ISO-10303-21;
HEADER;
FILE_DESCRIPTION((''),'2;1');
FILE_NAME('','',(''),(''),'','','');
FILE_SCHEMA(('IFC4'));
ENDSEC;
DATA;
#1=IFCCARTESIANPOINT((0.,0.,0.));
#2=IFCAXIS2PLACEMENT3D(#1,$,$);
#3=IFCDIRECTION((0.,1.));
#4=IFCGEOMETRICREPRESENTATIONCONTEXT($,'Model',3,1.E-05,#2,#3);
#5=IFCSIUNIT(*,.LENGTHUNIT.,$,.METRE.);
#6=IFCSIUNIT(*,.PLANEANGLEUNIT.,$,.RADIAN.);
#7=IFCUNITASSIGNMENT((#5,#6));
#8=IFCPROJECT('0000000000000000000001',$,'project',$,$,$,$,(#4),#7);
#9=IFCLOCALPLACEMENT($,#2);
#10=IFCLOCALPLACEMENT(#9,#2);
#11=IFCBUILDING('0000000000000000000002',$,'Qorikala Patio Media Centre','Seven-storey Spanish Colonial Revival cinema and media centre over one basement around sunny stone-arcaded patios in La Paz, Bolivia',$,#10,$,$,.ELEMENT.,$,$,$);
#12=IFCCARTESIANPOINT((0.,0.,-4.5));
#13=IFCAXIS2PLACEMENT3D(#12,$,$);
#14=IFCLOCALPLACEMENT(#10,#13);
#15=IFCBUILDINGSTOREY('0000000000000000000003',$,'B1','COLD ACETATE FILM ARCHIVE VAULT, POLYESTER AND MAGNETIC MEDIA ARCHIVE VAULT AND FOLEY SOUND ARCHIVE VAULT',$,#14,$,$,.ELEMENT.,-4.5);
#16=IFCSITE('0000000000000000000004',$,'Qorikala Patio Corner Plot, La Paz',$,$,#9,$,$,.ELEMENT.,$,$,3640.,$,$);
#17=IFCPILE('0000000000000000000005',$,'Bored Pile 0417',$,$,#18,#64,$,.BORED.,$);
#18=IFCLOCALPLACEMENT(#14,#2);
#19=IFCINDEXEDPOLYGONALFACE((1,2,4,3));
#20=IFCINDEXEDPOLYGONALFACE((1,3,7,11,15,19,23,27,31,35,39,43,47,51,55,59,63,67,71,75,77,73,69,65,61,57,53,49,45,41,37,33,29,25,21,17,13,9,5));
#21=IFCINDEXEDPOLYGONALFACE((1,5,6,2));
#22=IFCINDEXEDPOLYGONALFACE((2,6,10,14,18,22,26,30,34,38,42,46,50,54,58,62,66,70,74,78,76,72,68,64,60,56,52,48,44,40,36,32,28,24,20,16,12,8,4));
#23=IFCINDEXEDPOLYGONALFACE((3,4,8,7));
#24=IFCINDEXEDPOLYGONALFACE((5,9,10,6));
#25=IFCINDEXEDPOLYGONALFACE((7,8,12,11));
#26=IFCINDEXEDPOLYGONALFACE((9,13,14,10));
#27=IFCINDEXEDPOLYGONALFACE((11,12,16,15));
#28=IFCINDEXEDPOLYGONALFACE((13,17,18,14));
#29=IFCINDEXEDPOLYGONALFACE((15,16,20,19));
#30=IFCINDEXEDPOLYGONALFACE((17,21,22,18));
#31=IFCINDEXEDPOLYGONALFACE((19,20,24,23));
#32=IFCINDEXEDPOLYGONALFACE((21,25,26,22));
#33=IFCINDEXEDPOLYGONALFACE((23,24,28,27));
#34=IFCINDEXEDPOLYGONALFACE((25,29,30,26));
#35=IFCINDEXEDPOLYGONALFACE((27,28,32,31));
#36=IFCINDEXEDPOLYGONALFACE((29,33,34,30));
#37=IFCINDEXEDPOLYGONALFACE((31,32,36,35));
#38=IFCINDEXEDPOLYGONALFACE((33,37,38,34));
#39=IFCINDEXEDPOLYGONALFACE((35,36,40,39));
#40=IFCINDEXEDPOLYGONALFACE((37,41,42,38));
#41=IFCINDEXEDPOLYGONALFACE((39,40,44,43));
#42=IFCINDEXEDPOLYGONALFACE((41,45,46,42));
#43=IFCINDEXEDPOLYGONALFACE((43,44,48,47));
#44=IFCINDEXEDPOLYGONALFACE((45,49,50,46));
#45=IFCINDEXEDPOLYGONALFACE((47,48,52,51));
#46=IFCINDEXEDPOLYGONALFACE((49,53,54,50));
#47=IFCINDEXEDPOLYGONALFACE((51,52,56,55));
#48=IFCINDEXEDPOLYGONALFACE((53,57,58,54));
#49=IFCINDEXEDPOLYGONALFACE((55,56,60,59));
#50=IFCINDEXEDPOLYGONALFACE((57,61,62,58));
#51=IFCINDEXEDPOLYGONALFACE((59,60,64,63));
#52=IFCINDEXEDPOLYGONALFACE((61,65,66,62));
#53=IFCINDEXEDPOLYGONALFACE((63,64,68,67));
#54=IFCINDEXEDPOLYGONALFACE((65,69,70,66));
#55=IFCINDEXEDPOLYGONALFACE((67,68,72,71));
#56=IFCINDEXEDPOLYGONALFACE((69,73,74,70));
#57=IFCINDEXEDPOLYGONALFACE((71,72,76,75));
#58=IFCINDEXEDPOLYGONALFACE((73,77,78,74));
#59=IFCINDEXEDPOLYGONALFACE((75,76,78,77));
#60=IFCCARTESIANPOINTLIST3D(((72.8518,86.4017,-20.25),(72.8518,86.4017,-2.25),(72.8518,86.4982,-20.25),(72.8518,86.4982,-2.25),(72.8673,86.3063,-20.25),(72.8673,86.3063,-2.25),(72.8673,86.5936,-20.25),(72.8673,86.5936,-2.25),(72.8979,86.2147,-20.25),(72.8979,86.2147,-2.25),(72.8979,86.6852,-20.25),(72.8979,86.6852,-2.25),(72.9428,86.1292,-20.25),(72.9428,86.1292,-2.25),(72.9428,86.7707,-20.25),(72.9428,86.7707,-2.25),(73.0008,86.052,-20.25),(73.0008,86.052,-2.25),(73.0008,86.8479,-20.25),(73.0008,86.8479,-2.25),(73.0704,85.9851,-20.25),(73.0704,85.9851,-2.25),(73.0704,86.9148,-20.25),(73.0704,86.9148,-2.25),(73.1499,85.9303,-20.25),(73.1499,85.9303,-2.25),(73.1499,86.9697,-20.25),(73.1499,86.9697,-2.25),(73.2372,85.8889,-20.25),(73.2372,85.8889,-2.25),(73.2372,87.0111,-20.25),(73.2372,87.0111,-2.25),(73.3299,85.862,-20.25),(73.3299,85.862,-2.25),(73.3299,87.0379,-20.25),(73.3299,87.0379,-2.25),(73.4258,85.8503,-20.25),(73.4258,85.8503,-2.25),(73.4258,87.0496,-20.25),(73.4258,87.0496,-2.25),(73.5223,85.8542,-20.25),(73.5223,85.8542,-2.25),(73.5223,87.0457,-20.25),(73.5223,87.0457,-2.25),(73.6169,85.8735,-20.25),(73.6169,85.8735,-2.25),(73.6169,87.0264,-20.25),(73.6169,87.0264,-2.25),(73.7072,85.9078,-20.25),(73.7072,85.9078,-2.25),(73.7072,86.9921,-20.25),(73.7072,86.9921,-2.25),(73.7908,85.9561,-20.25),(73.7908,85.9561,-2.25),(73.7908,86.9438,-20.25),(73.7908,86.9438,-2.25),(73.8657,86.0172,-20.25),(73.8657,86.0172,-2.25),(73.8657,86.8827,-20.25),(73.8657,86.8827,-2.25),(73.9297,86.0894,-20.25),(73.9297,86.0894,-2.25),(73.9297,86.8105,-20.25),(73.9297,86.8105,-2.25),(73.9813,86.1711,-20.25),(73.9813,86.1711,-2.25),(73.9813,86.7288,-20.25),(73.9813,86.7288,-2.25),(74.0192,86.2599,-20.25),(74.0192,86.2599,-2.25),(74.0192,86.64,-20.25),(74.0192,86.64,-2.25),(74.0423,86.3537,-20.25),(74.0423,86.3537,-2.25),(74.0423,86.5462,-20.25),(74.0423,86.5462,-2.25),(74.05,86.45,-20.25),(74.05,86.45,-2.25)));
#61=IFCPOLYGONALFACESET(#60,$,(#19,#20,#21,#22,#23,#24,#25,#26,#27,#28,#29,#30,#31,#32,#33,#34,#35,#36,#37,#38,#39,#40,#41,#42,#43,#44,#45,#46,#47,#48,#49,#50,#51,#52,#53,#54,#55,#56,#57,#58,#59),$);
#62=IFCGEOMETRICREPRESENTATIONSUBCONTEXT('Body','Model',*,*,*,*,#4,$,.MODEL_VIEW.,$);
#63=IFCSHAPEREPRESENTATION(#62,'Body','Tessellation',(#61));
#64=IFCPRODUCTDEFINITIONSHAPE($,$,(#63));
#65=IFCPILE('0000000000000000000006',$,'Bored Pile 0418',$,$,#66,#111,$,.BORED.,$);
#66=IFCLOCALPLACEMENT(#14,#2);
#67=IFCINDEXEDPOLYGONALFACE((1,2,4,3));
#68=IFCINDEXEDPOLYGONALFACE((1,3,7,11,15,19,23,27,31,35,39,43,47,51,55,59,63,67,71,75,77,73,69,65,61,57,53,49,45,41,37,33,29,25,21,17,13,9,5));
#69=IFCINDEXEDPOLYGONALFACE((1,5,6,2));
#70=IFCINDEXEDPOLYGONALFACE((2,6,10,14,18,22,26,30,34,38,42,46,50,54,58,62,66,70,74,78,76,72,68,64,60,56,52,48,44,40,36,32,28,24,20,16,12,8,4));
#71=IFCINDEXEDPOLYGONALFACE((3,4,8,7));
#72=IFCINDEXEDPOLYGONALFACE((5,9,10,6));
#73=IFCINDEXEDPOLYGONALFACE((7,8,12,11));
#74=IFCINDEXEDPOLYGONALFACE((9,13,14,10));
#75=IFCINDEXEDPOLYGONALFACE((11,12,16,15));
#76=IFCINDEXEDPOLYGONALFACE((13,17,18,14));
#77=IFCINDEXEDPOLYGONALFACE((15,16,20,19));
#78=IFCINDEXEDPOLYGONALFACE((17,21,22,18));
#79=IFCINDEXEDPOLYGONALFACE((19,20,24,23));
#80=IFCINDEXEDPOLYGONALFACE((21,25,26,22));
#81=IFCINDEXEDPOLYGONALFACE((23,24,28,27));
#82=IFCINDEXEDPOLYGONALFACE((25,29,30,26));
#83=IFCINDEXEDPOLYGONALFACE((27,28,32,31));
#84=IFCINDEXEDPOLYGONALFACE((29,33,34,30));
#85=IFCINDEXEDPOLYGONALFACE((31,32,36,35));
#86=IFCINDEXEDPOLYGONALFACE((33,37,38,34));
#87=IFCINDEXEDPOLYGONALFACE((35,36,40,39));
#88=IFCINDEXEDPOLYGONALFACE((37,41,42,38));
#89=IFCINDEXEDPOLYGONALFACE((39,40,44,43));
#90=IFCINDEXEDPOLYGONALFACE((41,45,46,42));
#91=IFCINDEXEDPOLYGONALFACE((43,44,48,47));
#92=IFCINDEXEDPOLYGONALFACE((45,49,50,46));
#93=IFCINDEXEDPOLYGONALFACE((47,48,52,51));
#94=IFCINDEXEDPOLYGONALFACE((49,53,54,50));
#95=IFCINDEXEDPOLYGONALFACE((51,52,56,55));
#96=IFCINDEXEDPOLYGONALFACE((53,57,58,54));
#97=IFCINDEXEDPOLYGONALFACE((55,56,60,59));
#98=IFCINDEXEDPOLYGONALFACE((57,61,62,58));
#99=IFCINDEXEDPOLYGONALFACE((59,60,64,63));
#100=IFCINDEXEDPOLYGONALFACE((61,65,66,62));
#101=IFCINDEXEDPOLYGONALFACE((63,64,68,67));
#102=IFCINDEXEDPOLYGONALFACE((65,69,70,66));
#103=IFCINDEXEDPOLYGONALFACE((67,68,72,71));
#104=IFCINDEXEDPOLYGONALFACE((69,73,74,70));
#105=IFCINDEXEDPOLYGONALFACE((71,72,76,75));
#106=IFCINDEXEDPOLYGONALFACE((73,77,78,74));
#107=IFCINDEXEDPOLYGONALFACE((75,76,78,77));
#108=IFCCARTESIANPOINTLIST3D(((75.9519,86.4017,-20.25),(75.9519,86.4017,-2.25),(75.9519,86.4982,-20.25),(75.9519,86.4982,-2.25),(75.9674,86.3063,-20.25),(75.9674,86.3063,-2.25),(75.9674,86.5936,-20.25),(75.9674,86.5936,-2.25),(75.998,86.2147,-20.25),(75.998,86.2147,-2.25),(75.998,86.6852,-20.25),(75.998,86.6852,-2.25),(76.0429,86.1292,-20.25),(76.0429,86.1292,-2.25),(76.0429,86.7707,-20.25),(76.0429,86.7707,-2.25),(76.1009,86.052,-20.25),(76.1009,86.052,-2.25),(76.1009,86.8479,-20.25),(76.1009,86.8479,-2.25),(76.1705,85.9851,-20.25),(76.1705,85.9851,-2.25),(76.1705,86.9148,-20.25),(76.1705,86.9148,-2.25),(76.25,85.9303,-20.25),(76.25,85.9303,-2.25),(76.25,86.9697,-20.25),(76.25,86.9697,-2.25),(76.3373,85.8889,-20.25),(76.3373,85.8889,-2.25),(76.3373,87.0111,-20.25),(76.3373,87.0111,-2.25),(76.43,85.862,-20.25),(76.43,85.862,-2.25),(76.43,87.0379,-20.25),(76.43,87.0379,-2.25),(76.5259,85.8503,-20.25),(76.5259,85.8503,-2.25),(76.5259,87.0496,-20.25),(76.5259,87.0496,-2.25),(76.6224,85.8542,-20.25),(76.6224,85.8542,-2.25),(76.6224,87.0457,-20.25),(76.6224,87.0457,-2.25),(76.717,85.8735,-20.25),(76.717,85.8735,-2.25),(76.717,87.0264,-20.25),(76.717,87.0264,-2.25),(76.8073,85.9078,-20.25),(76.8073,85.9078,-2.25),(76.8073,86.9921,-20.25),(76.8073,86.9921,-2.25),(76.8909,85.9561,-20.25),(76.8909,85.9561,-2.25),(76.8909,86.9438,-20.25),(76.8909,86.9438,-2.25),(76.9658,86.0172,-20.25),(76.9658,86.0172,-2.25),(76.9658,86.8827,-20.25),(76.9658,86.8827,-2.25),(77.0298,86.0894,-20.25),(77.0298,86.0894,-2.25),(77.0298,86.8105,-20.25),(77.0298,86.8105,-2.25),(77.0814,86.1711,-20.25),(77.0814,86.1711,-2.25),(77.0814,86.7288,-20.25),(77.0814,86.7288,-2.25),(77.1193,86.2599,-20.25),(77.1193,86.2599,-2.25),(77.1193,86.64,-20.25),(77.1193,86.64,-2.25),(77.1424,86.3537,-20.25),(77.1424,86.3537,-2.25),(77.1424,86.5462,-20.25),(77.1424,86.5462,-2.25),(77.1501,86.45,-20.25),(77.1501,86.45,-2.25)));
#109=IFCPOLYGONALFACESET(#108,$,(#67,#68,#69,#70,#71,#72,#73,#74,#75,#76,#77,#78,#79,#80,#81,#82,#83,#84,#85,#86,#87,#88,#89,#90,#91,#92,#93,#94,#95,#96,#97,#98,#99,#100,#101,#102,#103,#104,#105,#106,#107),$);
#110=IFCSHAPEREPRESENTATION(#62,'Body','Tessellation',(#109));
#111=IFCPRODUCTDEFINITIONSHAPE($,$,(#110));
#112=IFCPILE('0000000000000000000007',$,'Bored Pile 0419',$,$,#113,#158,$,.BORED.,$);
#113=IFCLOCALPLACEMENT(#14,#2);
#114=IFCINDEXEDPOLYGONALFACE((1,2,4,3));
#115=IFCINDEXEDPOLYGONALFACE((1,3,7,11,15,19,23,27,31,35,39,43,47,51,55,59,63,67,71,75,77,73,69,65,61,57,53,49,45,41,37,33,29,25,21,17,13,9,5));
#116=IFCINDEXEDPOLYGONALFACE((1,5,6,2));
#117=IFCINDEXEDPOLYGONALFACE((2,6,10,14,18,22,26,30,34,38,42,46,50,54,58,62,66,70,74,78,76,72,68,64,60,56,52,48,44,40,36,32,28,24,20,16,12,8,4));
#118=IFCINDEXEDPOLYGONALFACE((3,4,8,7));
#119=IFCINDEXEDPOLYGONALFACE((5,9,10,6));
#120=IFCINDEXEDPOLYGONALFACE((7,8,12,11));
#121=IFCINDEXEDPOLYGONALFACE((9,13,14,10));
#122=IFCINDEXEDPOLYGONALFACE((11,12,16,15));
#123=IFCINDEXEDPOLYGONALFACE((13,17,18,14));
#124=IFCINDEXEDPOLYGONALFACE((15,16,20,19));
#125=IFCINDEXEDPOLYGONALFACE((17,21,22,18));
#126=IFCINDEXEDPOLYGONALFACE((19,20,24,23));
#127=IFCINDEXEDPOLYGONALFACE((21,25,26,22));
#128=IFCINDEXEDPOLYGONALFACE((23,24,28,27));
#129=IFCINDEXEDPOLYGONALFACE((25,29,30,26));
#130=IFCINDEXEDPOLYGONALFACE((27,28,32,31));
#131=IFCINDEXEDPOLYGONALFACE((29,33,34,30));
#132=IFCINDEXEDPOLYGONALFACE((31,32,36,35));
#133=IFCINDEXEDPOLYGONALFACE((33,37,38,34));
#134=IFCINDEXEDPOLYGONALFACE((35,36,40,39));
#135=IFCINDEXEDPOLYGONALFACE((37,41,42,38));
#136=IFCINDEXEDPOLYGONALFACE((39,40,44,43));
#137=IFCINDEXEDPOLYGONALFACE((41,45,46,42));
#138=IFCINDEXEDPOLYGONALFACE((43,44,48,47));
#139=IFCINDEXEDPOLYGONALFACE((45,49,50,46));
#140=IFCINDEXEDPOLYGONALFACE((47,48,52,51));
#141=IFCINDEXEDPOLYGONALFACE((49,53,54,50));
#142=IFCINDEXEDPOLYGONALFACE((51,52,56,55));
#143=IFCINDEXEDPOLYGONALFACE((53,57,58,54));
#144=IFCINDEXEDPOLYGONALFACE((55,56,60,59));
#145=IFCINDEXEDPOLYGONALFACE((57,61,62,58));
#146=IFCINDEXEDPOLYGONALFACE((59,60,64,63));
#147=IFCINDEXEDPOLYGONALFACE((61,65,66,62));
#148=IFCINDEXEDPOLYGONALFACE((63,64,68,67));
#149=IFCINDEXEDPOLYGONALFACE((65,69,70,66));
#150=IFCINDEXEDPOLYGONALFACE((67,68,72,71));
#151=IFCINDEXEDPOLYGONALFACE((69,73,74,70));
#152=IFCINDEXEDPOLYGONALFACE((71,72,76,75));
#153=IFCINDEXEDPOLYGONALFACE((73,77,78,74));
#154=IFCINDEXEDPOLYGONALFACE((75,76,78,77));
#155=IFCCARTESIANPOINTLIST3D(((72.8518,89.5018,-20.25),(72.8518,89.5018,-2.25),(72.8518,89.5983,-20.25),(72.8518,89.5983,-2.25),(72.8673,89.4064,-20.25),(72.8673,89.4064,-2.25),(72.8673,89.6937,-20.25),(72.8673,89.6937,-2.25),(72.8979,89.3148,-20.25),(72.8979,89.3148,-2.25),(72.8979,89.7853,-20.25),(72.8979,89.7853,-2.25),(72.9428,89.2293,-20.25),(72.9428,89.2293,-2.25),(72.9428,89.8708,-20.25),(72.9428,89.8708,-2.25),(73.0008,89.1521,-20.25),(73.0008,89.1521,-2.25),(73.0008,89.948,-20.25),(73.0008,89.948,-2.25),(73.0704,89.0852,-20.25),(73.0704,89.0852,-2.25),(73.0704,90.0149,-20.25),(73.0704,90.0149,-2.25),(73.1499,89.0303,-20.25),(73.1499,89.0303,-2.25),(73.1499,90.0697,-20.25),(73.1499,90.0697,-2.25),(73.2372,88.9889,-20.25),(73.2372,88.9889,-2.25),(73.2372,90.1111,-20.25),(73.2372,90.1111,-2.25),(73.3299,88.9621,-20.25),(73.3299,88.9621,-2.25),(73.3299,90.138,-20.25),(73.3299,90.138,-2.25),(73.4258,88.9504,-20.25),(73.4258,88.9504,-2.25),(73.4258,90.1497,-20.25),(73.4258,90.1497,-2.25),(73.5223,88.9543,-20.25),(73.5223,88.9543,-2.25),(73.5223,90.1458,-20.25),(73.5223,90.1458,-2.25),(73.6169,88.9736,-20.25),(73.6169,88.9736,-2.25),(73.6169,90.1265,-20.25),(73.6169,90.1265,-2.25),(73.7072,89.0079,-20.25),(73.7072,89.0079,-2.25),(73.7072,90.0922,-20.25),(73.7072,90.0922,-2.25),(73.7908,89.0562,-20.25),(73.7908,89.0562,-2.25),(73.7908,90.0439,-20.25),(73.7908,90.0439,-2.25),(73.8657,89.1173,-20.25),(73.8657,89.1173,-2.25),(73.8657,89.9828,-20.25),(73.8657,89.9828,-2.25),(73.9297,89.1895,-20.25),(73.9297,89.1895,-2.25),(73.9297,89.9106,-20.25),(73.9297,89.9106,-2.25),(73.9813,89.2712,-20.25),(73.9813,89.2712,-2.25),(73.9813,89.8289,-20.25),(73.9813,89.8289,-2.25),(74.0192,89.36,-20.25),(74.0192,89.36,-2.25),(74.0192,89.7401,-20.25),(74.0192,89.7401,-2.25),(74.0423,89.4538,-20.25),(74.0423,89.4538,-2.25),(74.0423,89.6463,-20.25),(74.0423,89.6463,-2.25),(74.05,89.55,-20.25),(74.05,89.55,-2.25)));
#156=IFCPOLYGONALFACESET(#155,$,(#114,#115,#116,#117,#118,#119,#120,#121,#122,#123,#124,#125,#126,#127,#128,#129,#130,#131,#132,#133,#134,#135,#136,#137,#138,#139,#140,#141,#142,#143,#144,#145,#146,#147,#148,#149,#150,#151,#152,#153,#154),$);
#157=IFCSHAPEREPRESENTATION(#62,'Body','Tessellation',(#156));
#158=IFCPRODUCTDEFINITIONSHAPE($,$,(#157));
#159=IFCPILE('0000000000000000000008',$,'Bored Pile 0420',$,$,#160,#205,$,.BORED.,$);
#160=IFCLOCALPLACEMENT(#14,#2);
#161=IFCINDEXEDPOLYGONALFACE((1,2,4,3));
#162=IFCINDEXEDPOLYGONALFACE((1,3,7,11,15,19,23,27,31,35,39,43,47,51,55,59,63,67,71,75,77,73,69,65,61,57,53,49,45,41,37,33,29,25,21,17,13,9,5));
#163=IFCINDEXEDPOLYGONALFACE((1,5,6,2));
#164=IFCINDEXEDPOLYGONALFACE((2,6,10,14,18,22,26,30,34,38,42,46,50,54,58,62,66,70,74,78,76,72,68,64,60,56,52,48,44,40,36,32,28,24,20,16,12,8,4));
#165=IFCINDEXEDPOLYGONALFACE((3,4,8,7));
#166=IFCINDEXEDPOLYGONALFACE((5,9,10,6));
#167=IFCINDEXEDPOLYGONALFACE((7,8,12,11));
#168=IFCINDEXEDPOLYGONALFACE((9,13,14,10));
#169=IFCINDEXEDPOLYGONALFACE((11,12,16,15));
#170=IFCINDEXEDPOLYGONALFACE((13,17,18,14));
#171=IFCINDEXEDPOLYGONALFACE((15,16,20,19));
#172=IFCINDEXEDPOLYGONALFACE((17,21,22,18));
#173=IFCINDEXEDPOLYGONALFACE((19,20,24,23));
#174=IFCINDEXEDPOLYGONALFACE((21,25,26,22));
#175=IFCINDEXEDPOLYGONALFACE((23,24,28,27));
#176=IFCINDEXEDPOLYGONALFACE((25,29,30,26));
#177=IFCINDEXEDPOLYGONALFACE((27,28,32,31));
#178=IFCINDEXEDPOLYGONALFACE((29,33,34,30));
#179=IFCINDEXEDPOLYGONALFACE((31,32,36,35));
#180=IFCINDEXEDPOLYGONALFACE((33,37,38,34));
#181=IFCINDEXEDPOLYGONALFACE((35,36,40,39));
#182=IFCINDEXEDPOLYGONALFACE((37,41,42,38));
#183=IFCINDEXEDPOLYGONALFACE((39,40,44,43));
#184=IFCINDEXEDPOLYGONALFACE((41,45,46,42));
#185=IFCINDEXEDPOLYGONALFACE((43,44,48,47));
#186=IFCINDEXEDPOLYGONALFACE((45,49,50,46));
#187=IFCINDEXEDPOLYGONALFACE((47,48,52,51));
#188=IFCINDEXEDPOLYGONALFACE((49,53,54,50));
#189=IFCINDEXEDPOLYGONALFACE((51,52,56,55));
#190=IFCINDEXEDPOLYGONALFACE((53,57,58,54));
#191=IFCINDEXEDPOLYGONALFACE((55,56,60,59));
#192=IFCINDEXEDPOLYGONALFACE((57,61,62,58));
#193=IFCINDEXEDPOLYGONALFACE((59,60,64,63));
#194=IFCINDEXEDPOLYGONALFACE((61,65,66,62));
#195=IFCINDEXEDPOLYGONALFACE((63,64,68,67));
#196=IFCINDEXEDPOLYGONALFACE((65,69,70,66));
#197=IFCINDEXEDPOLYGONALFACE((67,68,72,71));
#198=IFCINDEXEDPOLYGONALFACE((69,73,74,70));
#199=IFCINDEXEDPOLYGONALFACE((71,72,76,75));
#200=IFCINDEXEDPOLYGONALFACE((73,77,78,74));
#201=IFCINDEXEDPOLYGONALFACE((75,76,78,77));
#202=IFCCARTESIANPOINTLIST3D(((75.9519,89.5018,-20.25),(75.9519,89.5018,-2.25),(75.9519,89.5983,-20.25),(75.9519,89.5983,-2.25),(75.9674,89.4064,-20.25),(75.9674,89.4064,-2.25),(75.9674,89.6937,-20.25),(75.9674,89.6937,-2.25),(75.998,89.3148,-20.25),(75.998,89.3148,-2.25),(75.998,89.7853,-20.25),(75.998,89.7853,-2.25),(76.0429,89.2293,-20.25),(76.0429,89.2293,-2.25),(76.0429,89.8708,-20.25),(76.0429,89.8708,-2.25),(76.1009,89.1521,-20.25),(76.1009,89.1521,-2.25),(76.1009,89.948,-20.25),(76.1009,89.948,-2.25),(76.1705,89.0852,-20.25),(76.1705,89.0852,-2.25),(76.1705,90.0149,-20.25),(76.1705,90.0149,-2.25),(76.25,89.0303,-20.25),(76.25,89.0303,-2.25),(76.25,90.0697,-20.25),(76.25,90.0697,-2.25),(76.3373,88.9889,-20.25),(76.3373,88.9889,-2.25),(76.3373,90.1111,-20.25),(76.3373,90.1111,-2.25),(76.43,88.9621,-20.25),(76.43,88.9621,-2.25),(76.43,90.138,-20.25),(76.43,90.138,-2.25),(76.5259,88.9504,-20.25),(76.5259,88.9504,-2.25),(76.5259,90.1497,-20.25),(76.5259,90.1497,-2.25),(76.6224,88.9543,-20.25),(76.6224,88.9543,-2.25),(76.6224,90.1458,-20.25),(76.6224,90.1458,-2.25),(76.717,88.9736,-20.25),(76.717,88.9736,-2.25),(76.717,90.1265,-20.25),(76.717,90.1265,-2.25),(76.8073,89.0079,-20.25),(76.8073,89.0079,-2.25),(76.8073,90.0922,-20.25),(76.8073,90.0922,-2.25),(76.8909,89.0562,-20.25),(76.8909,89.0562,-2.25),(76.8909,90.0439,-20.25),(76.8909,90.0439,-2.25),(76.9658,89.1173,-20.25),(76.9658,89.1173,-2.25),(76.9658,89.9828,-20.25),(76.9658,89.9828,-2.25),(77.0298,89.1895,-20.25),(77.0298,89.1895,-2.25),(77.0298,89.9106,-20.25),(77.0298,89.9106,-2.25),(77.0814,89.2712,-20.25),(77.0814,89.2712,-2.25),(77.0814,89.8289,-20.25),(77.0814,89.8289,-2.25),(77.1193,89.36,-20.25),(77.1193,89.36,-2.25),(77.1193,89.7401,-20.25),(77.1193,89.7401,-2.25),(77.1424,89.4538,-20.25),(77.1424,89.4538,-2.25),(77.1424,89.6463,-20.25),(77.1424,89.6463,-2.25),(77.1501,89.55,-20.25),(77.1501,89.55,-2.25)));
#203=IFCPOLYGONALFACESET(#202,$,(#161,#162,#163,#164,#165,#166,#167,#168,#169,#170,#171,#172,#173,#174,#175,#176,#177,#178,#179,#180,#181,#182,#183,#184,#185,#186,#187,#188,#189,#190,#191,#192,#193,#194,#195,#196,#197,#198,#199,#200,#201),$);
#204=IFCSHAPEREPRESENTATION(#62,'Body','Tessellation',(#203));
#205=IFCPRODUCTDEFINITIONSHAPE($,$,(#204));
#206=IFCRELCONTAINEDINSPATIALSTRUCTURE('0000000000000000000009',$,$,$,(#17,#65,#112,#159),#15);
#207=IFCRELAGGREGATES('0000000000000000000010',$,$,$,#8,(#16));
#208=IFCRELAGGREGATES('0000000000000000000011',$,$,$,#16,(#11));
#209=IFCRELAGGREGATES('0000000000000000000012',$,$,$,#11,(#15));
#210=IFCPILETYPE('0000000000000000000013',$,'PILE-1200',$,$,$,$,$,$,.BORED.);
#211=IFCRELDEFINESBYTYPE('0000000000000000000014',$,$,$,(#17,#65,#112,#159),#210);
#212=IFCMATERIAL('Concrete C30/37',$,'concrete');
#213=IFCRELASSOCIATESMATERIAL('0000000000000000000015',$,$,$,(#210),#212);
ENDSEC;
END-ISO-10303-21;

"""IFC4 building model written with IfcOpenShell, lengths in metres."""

from ifc_helpers import new_model, si_unit, direction, frame, origin, origin_2d, place, context, subcontext, project, spatial, circle, extrude, material, material_profile, profile_set, type_object, element, save


model = new_model("IFC4")

# Units and contexts
model_context = context("Model", 3, precision=1e-05, world=origin(), true_north=direction((0.0, 1.0)))
body_context = subcontext(model_context, "Body", "Model", "MODEL_VIEW")
ifc_project = project(units=[si_unit("LENGTHUNIT", "METRE"), si_unit("PLANEANGLEUNIT", "RADIAN")], contexts=[model_context])

# Site, building, storey
site_placement = place(None, origin())
site = spatial("IfcSite", under=ifc_project, at=site_placement, Name="Qorikala Patio Corner Plot, La Paz", CompositionType="ELEMENT", RefElevation=3640.0)
building_placement = place(site_placement, origin())
building = spatial("IfcBuilding", under=site, at=building_placement, Name="Qorikala Patio Media Centre", Description="Seven-storey Spanish Colonial Revival cinema and media centre over one basement around sunny stone-arcaded patios in La Paz, Bolivia", CompositionType="ELEMENT")
storey_placement = place(building_placement, frame((0.0, 0.0, -4.5)))
storey = spatial("IfcBuildingStorey", under=building, at=storey_placement, Name="B1", Description="COLD ACETATE FILM ARCHIVE VAULT, POLYESTER AND MAGNETIC MEDIA ARCHIVE VAULT AND FOLEY SOUND ARCHIVE VAULT", CompositionType="ELEMENT", Elevation=-4.5)

# Shared definitions
ifc_material_1 = material(Name="Concrete C30/37", Category="concrete")

# Piles
ifc_material_profile_1 = material_profile(ifc_material_1, circle(Radius=0.6001, at=origin_2d()), Name="BORED PILE 1200")
ifc_profile_set_1 = profile_set([ifc_material_profile_1], Name="Concrete C30/37")
pile_type_1 = type_object("IfcPileType", Name="PILE-1200", PredefinedType="BORED", material=ifc_profile_set_1)
for number, where, z_axis, x_axis, name in (
    (1, (73.45, 86.45, -2.25), (0.0, 0.0, -1.0), (1.0, 0.0, 0.0), "Bored Pile 0417"),
    (2, (76.55, 86.45, -2.25), (0.0, 0.0, -1.0), (1.0, 0.0, 0.0), "Bored Pile 0418"),
    (3, (73.45, 89.55, -2.25), (0.0, 0.0, -1.0), (1.0, 0.0, 0.0), "Bored Pile 0419"),
    (4, (76.55, 89.55, -2.25), (0.0, 0.0, -1.0), (1.0, 0.0, 0.0), "Bored Pile 0420"),
):
    element("IfcPile", number, at=place(storey_placement, frame(where, z_axis=z_axis, x_axis=x_axis)), inside=storey, type_object=pile_type_1, Name=name, PredefinedType="BORED", context=body_context, shape_type="SweptSolid", body=[
        extrude(circle(Radius=0.6001, at=origin_2d()), origin(), (0.0, 0.0, 1.0), 18.0),
    ])

save(model, "model.ifc")
